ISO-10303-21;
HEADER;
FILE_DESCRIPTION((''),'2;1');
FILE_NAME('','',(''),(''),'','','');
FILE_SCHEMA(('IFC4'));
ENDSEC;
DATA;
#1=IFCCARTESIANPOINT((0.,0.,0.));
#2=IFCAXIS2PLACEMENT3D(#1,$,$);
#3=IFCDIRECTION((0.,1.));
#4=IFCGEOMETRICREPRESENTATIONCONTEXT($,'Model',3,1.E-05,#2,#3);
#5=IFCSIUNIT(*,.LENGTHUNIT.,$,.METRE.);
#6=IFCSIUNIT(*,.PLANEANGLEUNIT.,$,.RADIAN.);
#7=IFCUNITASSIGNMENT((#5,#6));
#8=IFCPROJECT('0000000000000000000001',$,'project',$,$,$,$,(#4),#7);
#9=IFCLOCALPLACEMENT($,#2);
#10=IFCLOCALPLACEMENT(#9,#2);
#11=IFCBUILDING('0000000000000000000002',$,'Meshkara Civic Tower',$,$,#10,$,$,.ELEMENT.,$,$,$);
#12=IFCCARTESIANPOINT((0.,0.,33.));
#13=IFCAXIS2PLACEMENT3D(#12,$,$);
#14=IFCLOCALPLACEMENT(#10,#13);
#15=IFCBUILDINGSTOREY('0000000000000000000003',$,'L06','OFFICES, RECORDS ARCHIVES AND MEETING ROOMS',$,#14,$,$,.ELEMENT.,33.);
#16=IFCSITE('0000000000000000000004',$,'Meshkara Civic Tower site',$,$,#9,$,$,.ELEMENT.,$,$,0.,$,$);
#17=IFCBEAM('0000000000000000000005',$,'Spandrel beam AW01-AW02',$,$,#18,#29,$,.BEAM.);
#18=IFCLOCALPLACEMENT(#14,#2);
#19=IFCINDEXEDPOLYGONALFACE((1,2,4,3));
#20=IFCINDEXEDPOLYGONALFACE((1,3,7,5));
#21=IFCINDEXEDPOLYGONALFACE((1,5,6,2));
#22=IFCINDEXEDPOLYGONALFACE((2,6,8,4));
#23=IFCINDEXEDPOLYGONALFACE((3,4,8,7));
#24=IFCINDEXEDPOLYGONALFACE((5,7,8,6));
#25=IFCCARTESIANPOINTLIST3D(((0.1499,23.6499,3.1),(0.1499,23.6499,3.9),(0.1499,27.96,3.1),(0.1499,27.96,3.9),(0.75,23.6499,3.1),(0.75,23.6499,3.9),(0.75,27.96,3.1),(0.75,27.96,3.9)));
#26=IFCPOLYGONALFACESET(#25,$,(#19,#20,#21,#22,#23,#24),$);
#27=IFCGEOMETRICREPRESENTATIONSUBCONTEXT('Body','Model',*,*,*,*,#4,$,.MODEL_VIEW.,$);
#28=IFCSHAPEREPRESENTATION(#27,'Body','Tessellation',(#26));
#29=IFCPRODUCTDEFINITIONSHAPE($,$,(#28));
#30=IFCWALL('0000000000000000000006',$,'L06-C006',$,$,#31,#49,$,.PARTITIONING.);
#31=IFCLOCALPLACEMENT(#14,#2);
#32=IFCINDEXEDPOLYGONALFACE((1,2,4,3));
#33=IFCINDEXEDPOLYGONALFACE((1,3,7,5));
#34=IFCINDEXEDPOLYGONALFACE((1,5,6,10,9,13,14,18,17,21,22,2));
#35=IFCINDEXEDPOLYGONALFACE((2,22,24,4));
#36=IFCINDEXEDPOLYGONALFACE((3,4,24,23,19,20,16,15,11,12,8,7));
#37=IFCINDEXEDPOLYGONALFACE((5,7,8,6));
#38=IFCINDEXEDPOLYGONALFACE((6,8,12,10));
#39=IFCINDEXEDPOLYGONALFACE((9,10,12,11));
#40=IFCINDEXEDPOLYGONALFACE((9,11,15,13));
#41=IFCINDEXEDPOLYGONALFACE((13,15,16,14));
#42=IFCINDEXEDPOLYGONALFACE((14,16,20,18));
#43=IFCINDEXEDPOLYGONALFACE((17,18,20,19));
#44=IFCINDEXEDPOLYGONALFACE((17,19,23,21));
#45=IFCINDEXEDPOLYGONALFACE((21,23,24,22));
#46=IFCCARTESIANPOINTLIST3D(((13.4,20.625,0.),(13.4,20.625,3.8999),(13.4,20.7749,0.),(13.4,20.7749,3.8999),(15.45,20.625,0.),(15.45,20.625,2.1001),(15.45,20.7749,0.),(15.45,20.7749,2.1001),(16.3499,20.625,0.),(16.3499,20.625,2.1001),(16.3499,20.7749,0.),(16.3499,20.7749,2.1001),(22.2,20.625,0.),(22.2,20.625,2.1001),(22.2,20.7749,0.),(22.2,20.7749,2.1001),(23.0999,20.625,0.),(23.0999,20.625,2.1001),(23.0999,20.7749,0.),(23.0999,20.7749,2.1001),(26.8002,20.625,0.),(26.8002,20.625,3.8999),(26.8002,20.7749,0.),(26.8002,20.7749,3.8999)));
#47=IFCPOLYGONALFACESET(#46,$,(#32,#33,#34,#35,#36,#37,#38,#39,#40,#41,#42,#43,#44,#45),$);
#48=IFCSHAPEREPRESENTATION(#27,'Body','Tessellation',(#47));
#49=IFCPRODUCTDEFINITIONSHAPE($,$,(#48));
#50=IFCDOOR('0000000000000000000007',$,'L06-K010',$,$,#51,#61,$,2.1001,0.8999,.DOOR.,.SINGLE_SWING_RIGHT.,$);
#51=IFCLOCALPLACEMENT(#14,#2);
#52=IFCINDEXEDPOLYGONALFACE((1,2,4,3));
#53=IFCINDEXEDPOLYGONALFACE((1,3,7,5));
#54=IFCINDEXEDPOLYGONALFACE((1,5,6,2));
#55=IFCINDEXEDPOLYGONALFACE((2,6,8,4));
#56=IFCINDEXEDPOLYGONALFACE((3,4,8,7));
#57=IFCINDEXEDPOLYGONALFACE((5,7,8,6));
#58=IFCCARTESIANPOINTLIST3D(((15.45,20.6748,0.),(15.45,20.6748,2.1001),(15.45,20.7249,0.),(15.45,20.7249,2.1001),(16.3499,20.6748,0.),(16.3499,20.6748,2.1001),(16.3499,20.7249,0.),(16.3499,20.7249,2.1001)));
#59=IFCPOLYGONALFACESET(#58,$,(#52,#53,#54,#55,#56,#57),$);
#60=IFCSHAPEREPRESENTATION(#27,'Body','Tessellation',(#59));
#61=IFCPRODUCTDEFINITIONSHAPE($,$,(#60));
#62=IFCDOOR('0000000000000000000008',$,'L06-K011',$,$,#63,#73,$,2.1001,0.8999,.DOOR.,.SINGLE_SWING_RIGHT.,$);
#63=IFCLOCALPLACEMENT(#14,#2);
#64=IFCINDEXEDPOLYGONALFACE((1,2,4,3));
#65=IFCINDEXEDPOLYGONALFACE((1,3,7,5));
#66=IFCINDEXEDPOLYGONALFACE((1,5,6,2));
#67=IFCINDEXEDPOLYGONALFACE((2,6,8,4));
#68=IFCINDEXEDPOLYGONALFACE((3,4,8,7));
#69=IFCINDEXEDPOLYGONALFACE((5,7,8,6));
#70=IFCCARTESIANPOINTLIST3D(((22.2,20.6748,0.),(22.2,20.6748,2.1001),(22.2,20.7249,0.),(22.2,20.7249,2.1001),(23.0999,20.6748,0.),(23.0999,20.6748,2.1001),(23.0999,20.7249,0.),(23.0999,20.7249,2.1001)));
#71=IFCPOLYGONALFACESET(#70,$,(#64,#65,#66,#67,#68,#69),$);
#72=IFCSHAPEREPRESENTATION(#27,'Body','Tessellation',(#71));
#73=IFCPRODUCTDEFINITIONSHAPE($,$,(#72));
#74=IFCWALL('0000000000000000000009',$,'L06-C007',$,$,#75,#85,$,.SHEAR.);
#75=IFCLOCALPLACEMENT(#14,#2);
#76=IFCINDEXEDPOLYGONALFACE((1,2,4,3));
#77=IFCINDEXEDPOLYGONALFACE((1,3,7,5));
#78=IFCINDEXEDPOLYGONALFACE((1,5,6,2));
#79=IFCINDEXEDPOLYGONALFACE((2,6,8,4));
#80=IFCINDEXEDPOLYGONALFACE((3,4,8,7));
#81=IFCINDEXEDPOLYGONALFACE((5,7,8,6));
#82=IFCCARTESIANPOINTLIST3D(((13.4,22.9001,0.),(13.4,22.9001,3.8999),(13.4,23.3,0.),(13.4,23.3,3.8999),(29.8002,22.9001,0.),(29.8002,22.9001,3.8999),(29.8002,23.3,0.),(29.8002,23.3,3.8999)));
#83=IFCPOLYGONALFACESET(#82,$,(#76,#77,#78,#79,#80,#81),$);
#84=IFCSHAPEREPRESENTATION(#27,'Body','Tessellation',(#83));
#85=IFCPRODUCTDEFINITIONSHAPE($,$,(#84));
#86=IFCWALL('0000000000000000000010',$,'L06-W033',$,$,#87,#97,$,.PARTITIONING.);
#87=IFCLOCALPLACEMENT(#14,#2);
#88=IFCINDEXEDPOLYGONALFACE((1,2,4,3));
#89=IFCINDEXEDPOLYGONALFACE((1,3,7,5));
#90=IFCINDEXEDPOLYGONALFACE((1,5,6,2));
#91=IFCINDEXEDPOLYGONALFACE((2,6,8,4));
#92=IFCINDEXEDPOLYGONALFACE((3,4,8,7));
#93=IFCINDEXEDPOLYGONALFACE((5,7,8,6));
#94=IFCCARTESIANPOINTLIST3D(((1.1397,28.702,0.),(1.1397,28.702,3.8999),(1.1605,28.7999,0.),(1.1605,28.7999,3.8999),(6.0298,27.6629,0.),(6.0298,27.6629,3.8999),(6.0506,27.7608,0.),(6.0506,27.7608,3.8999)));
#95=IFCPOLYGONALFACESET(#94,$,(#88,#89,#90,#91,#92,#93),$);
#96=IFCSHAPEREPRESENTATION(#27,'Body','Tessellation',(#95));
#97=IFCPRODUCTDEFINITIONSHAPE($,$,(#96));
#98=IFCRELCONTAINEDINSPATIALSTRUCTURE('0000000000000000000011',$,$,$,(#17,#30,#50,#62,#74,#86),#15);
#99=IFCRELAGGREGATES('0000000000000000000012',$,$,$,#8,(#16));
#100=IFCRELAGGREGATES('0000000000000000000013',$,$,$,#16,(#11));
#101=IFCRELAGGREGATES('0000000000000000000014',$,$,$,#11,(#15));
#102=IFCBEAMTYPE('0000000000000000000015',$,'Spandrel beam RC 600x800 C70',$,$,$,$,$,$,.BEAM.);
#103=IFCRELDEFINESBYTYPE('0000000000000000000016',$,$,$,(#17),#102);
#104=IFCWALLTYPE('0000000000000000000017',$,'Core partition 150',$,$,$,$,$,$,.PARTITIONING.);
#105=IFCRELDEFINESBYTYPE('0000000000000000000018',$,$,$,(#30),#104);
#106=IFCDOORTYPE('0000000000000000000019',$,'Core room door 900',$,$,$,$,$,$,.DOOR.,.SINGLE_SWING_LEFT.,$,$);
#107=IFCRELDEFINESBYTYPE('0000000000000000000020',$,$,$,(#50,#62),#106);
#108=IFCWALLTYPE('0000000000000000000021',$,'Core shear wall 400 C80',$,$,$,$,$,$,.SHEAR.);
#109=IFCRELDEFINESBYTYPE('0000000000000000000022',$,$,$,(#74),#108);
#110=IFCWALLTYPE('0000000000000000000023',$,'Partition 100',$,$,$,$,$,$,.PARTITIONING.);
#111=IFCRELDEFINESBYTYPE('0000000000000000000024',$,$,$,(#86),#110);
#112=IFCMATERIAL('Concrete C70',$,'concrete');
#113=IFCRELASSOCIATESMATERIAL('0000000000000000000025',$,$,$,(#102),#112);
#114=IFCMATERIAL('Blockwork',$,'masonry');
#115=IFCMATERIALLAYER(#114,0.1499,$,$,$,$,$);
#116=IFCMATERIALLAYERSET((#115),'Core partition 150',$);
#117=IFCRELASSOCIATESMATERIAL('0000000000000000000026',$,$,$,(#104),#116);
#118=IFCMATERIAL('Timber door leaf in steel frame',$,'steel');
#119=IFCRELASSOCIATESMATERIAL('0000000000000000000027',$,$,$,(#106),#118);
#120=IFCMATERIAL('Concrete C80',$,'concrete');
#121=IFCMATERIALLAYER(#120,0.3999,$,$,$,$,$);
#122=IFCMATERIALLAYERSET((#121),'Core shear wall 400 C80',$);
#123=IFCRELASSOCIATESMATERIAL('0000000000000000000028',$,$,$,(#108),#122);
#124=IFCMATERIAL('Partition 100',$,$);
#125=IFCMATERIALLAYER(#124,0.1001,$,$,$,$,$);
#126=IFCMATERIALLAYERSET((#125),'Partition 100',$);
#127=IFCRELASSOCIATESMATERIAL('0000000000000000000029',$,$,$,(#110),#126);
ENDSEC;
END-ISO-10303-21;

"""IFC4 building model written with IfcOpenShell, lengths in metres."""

from ifc_helpers import new_model, si_unit, direction, frame, frame_2d, origin, origin_2d, place, context, subcontext, project, spatial, rectangle, extrude, material, layer, layer_set, material_profile, profile_set, type_object, element, fill, save


model = new_model("IFC4")

# Units and contexts
model_context = context("Model", 3, precision=1e-05, world=origin(), true_north=direction((0.0, 1.0)))
body_context = subcontext(model_context, "Body", "Model", "MODEL_VIEW")
ifc_project = project(units=[si_unit("LENGTHUNIT", "METRE"), si_unit("PLANEANGLEUNIT", "RADIAN")], contexts=[model_context])

# Site, building, storey
site_placement = place(None, origin())
site = spatial("IfcSite", under=ifc_project, at=site_placement, Name="Meshkara Civic Tower site", CompositionType="ELEMENT", RefElevation=0.0)
building_placement = place(site_placement, origin())
building = spatial("IfcBuilding", under=site, at=building_placement, Name="Meshkara Civic Tower", CompositionType="ELEMENT")
storey_placement = place(building_placement, frame((0.0, 0.0, 33.0)))
storey = spatial("IfcBuildingStorey", under=building, at=storey_placement, Name="L06", Description="OFFICES, RECORDS ARCHIVES AND MEETING ROOMS", CompositionType="ELEMENT", Elevation=33.0)

# Beam
ifc_material_1 = material(Name="Concrete C70", Category="concrete")
ifc_material_profile = material_profile(ifc_material_1, rectangle(XDim=0.6001, YDim=0.8, at=origin_2d()))
ifc_profile_set = profile_set([ifc_material_profile], Name="Concrete C70")
beam_type = type_object("IfcBeamType", Name="Spandrel beam RC 600x800 C70", PredefinedType="BEAM", material=ifc_profile_set)
beam_placement = place(storey_placement, frame((0.45, 27.96, 3.5), z_axis=(0.0, -1.0, 0.0), x_axis=(1.0, 0.0, 0.0)))
element("IfcBeam", 1, at=beam_placement, inside=storey, type_object=beam_type, Name="Spandrel beam AW01-AW02", PredefinedType="BEAM", context=body_context, shape_type="SweptSolid", body=[
    extrude(rectangle(XDim=0.6001, YDim=0.8, at=origin_2d()), origin(), (0.0, 0.0, 1.0), 4.3101),
])

# Wall, openings, doors
ifc_material_2 = material(Name="Blockwork", Category="masonry")
ifc_layer_1 = layer(ifc_material_2, 0.1499)
ifc_layer_set_1 = layer_set([ifc_layer_1], Name="Core partition 150")
wall_type_1 = type_object("IfcWallType", Name="Core partition 150", PredefinedType="PARTITIONING", material=ifc_layer_set_1)
wall_1_placement = place(storey_placement, frame((13.3999, 20.7, 0.0), z_axis=(0.0, 0.0, 1.0), x_axis=(1.0, 0.0, 0.0)))
wall_1 = element("IfcWall", 2, at=wall_1_placement, inside=storey, type_object=wall_type_1, Name="L06-C006", PredefinedType="PARTITIONING", context=body_context, shape_type="SweptSolid", body=[
    extrude(rectangle(XDim=13.4001, YDim=0.1499, at=frame_2d((6.7002, 0.0))), origin(), (0.0, 0.0, 1.0), 3.8999),
])
opening_1_placement = place(wall_1_placement, frame((2.05, 0.0, 0.0)))
opening_1 = element("IfcOpeningElement", 3, at=opening_1_placement, cuts=wall_1, PredefinedType="OPENING", context=body_context, shape_type="SweptSolid", body=[
    extrude(rectangle(XDim=0.8999, YDim=2.1001, at=frame_2d((0.45, 1.05))), frame((0.0, 0.085, 0.0), z_axis=(0.0, -1.0, 0.0), x_axis=(1.0, 0.0, 0.0)), (0.0, 0.0, 1.0), 0.1699),
])
opening_2_placement = place(wall_1_placement, frame((8.8, 0.0, 0.0)))
opening_2 = element("IfcOpeningElement", 4, at=opening_2_placement, cuts=wall_1, PredefinedType="OPENING", context=body_context, shape_type="SweptSolid", body=[
    extrude(rectangle(XDim=0.8999, YDim=2.1001, at=frame_2d((0.45, 1.05))), frame((0.0, 0.085, 0.0), z_axis=(0.0, -1.0, 0.0), x_axis=(1.0, 0.0, 0.0)), (0.0, 0.0, 1.0), 0.1699),
])
ifc_material_3 = material(Name="Timber door leaf in steel frame", Category="steel")
door_type_1 = type_object("IfcDoorType", Name="Core room door 900", OperationType="SINGLE_SWING_LEFT", PredefinedType="DOOR", material=ifc_material_3)
door_1_placement = place(opening_1_placement, origin())
door_1 = element("IfcDoor", 5, at=door_1_placement, inside=storey, type_object=door_type_1, Name="L06-K010", OperationType="SINGLE_SWING_RIGHT", OverallHeight=2.1001, OverallWidth=0.8999, PredefinedType="DOOR", context=body_context, shape_type="SweptSolid", body=[
    extrude(rectangle(XDim=0.8999, YDim=2.1001, at=frame_2d((0.45, 1.05))), frame((0.0, 0.0249, 0.0), z_axis=(0.0, -1.0, 0.0), x_axis=(1.0, 0.0, 0.0)), (0.0, 0.0, 1.0), 0.05),
])
fill(opening_1, door_1)
door_2_placement = place(opening_2_placement, origin())
door_2 = element("IfcDoor", 6, at=door_2_placement, inside=storey, type_object=door_type_1, Name="L06-K011", OperationType="SINGLE_SWING_RIGHT", OverallHeight=2.1001, OverallWidth=0.8999, PredefinedType="DOOR", context=body_context, shape_type="SweptSolid", body=[
    extrude(rectangle(XDim=0.8999, YDim=2.1001, at=frame_2d((0.45, 1.05))), frame((0.0, 0.0249, 0.0), z_axis=(0.0, -1.0, 0.0), x_axis=(1.0, 0.0, 0.0)), (0.0, 0.0, 1.0), 0.05),
])
fill(opening_2, door_2)

# Walls
ifc_material_4 = material(Name="Concrete C80", Category="concrete")
ifc_layer_2 = layer(ifc_material_4, 0.3999)
ifc_layer_set_2 = layer_set([ifc_layer_2], Name="Core shear wall 400 C80")
wall_type_2 = type_object("IfcWallType", Name="Core shear wall 400 C80", PredefinedType="SHEAR", material=ifc_layer_set_2)
wall_2_placement = place(storey_placement, frame((13.3999, 23.1001, 0.0), z_axis=(0.0, 0.0, 1.0), x_axis=(1.0, 0.0, 0.0)))
element("IfcWall", 7, at=wall_2_placement, inside=storey, type_object=wall_type_2, Name="L06-C007", PredefinedType="SHEAR", context=body_context, shape_type="SweptSolid", body=[
    extrude(rectangle(XDim=16.4001, YDim=0.3999, at=frame_2d((8.2002, 0.0))), origin(), (0.0, 0.0, 1.0), 3.8999),
])
ifc_material_5 = material(Name="Partition 100")
ifc_layer_3 = layer(ifc_material_5, 0.1001)
ifc_layer_set_3 = layer_set([ifc_layer_3], Name="Partition 100")
wall_type_3 = type_object("IfcWallType", Name="Partition 100", PredefinedType="PARTITIONING", material=ifc_layer_set_3)
wall_3_placement = place(storey_placement, frame((6.04, 27.7119, 0.0), z_axis=(0.0, 0.0, 1.0), x_axis=(-0.978163, 0.207841, 0.0)))
element("IfcWall", 8, at=wall_3_placement, inside=storey, type_object=wall_type_3, Name="L06-W033", PredefinedType="PARTITIONING", context=body_context, shape_type="SweptSolid", body=[
    extrude(rectangle(XDim=4.9993, YDim=0.1001, at=frame_2d((2.4995, 0.0))), origin(), (0.0, 0.0, 1.0), 3.8999),
])

save(model, "model.ifc")
